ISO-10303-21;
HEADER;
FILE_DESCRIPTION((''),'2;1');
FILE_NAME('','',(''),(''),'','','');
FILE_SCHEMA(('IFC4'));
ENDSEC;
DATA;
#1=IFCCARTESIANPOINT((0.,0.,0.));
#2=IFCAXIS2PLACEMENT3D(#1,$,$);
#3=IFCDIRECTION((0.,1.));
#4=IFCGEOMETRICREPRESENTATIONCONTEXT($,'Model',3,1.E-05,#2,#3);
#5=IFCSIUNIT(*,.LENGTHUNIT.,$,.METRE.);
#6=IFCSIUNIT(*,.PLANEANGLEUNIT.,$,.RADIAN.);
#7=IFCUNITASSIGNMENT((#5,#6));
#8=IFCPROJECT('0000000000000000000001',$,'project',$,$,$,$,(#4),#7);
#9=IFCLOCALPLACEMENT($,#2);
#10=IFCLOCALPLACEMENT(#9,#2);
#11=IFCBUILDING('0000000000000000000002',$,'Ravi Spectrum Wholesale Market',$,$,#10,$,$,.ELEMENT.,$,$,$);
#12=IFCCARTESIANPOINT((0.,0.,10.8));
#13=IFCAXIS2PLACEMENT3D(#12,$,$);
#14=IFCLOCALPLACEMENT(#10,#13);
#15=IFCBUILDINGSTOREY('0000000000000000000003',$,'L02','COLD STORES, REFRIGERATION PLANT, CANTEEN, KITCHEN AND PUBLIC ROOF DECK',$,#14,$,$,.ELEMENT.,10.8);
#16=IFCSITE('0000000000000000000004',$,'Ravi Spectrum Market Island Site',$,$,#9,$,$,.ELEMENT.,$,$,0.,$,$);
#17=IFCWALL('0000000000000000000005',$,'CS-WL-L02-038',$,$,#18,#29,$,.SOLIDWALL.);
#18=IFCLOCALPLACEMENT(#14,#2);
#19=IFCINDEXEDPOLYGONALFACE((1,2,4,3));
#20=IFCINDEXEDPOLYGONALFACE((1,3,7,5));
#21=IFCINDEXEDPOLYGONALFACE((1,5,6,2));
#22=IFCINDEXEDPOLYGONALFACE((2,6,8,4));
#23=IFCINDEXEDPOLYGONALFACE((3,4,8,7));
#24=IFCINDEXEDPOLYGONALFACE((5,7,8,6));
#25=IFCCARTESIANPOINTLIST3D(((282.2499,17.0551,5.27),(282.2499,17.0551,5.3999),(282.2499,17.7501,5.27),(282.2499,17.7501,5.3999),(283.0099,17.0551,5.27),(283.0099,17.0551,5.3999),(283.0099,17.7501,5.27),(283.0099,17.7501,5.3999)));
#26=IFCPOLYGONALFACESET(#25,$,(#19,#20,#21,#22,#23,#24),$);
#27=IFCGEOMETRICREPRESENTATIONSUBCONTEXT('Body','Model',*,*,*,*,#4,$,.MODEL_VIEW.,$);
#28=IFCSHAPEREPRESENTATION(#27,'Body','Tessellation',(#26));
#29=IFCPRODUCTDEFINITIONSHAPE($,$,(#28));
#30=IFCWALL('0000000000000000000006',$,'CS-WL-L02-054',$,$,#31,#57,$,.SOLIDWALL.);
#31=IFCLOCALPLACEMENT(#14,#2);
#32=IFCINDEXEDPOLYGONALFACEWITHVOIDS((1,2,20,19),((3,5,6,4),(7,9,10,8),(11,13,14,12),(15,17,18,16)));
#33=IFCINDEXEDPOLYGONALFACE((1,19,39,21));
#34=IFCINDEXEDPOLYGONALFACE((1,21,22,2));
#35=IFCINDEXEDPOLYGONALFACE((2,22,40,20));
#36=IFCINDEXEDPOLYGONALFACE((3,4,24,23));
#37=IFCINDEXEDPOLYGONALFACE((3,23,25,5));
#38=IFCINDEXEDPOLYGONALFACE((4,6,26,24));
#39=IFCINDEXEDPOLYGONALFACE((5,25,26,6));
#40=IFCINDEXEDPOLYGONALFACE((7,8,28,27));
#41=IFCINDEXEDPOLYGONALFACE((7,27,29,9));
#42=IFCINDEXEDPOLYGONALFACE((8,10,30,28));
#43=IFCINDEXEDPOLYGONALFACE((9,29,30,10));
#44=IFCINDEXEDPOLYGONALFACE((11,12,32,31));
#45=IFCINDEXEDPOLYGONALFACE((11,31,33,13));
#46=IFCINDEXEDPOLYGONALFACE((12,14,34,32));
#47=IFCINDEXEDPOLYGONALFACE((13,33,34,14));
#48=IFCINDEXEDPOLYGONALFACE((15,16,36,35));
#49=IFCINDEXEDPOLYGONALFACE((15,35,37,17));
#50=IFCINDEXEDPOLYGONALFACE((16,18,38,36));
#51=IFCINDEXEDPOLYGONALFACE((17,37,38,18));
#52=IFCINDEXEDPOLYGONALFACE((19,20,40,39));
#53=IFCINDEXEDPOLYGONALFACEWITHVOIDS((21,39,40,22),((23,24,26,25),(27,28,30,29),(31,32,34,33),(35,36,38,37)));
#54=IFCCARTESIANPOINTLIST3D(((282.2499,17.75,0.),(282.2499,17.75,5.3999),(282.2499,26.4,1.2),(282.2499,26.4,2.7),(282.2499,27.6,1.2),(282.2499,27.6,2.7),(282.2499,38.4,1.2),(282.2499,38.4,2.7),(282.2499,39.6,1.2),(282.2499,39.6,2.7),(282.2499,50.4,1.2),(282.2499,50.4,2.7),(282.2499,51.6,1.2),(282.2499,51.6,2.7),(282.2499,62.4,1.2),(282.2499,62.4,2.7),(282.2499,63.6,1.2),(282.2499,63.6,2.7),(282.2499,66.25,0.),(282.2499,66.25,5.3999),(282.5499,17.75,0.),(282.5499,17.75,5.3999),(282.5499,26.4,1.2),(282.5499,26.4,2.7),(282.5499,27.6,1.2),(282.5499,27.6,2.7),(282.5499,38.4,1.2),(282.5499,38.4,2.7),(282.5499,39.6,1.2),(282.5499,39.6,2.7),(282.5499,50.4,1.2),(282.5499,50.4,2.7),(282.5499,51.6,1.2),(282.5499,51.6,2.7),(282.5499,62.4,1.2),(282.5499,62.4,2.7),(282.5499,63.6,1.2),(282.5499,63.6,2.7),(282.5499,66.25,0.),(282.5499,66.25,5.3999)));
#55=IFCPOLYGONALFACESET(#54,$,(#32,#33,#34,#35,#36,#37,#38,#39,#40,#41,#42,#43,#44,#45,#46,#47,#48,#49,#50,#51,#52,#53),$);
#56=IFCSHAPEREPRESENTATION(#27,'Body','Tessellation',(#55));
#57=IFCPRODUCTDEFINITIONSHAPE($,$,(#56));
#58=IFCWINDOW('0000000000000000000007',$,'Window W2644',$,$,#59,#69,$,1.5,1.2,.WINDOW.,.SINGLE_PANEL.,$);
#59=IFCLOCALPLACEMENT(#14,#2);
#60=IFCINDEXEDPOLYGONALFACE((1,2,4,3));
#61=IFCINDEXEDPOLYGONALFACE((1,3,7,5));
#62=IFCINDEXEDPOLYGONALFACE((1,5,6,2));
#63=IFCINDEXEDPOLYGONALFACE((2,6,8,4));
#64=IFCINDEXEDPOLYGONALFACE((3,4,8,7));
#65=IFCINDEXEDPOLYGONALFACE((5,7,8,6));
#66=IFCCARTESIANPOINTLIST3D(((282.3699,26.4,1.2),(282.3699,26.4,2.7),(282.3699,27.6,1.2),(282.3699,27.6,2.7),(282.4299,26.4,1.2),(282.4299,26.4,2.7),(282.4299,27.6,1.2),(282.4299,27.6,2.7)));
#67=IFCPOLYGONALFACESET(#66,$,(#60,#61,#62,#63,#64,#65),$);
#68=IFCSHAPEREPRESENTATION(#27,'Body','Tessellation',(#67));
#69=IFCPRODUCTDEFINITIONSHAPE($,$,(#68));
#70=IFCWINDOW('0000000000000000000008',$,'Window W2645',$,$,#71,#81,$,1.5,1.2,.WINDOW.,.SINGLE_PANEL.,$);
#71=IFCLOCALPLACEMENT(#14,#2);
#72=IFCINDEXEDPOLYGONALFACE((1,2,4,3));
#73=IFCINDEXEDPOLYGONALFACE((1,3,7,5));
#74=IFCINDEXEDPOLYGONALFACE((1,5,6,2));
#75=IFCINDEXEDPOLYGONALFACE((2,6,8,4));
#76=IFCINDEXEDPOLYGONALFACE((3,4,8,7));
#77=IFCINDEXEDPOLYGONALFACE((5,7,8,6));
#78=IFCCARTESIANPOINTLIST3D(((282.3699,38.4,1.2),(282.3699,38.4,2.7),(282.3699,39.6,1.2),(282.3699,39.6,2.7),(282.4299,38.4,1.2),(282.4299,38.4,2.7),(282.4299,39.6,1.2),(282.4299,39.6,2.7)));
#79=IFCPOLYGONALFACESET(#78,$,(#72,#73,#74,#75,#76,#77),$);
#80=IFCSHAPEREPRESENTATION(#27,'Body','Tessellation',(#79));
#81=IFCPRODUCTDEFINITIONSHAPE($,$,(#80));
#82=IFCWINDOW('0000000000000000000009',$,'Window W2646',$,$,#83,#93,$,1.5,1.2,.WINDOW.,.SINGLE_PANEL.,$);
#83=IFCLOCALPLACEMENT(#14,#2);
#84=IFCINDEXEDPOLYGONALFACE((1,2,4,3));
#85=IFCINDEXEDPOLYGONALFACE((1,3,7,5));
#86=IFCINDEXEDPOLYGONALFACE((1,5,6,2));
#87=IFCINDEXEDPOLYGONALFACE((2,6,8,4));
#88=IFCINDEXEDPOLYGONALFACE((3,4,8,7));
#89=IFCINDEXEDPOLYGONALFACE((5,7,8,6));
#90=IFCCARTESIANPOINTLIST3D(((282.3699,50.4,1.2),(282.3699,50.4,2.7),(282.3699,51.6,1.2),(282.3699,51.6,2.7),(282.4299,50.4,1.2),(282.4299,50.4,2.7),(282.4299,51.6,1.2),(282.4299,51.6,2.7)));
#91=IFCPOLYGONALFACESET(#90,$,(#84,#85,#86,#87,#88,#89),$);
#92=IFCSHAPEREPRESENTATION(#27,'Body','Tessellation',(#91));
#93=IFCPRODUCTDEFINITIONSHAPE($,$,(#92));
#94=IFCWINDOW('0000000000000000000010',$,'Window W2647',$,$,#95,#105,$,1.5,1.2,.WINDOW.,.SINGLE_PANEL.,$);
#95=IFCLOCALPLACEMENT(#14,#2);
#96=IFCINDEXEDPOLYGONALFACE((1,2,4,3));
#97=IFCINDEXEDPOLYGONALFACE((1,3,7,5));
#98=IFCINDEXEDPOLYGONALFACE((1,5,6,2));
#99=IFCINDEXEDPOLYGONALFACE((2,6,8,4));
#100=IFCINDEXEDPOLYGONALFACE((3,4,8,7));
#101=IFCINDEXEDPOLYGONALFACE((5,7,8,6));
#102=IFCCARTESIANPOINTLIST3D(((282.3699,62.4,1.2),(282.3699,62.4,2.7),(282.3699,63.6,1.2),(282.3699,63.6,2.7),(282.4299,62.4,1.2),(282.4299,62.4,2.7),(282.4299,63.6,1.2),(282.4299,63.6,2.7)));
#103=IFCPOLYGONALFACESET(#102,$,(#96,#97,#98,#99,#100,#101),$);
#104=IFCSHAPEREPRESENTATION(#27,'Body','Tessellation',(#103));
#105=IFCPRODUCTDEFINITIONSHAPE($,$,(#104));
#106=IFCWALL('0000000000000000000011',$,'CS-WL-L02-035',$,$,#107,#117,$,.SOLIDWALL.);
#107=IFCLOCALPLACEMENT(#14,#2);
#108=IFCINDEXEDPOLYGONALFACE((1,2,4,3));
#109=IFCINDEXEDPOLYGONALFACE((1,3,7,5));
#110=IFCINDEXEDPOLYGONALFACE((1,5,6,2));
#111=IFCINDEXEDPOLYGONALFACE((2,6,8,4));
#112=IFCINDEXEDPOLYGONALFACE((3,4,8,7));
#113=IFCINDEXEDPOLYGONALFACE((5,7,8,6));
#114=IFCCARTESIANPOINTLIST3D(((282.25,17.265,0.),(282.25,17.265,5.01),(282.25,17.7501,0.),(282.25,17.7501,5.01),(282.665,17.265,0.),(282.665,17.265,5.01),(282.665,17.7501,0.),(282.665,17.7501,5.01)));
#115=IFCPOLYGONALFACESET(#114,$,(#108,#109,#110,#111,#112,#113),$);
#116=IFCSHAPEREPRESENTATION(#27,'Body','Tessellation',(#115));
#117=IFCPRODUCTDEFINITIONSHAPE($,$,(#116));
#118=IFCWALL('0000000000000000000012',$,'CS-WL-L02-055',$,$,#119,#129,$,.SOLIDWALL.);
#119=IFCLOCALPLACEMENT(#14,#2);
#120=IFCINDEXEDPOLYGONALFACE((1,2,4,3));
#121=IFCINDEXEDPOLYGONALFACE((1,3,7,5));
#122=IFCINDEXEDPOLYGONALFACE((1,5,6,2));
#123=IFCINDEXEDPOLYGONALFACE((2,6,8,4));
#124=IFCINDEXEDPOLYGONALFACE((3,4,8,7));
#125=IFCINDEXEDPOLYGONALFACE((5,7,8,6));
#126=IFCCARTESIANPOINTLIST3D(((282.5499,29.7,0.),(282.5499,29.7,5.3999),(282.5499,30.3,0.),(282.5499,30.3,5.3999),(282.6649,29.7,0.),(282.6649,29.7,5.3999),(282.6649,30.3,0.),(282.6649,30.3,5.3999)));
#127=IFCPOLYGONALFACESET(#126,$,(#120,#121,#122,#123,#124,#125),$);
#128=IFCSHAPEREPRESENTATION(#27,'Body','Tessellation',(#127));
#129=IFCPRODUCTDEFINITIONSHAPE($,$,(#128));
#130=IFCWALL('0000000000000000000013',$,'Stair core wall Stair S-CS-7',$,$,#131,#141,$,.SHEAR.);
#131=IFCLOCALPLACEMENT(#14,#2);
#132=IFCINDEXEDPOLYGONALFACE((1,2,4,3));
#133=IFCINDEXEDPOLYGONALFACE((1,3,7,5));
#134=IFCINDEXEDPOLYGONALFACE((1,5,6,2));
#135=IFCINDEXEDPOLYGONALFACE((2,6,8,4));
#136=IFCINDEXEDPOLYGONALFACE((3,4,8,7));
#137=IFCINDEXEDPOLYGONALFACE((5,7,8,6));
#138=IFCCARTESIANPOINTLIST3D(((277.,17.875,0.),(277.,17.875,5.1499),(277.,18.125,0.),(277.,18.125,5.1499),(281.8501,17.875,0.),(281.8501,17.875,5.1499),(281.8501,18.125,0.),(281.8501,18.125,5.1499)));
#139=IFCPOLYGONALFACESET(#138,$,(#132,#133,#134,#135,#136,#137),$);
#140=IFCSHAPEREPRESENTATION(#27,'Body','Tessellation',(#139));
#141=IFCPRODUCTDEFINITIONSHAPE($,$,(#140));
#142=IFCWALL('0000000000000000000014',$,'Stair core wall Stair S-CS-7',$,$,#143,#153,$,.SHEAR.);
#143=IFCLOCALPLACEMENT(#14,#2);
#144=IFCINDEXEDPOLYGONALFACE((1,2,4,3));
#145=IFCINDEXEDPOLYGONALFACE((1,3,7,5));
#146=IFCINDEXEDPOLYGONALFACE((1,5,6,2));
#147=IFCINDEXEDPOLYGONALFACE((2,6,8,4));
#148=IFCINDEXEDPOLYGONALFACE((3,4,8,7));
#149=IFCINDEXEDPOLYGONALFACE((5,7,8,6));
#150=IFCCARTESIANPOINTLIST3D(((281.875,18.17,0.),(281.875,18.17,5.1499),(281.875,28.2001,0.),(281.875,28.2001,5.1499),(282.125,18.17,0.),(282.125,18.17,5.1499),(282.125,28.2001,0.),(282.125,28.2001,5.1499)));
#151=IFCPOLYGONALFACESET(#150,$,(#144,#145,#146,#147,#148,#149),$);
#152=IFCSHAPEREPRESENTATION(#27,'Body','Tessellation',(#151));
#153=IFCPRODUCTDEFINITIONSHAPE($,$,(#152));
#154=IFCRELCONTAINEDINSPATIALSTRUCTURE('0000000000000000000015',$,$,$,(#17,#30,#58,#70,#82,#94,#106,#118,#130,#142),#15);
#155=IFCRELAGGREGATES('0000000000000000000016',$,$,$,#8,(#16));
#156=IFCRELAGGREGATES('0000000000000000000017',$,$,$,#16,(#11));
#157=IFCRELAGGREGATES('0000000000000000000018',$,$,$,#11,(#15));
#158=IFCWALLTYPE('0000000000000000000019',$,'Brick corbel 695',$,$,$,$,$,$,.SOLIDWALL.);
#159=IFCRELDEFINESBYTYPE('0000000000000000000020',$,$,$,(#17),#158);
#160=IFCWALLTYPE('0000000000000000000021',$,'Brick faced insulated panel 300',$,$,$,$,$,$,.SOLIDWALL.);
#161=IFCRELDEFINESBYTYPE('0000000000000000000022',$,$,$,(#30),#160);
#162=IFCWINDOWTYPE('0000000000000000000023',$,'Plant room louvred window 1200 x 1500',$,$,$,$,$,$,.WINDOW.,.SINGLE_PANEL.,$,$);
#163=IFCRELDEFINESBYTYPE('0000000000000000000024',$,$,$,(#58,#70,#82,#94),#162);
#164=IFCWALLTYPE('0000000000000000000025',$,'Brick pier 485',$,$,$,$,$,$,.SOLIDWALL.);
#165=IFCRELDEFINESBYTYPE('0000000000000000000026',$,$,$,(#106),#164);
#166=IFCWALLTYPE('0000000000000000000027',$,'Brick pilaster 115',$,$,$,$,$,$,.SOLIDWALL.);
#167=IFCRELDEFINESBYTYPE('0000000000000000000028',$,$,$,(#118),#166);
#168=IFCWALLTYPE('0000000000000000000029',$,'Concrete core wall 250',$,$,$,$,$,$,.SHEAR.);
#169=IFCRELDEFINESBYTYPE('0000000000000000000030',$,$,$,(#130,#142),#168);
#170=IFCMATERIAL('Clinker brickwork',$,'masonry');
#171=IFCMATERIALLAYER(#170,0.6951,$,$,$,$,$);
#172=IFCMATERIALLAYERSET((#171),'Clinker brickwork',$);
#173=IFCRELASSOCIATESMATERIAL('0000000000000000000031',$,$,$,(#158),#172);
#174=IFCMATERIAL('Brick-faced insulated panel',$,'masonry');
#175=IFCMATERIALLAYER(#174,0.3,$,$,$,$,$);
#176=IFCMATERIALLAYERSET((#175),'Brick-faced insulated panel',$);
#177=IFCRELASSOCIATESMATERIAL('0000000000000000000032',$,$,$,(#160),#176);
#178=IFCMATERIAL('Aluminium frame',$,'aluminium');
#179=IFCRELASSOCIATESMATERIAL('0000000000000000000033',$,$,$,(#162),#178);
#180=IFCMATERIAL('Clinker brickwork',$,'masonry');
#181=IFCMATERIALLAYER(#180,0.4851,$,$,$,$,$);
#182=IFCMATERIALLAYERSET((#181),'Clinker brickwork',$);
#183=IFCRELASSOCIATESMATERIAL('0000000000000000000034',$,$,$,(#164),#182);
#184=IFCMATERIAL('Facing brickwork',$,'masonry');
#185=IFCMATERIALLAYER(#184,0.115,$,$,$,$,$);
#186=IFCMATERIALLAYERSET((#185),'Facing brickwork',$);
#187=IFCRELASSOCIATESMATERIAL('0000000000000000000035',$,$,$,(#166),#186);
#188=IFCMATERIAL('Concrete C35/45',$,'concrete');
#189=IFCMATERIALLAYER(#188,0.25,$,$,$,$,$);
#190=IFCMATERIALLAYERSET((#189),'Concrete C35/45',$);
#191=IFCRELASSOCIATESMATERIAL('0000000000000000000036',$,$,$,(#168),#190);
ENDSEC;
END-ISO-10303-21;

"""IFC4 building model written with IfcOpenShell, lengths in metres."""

from ifc_helpers import new_model, si_unit, direction, frame, frame_2d, origin, place, context, subcontext, project, spatial, rectangle, extrude, material, layer, layer_set, type_object, element, fill, save


model = new_model("IFC4")

# Units and contexts
model_context = context("Model", 3, precision=1e-05, world=origin(), true_north=direction((0.0, 1.0)))
body_context = subcontext(model_context, "Body", "Model", "MODEL_VIEW")
ifc_project = project(units=[si_unit("LENGTHUNIT", "METRE"), si_unit("PLANEANGLEUNIT", "RADIAN")], contexts=[model_context])

# Site, building, storey
site_placement = place(None, origin())
site = spatial("IfcSite", under=ifc_project, at=site_placement, Name="Ravi Spectrum Market Island Site", CompositionType="ELEMENT", RefElevation=0.0)
building_placement = place(site_placement, origin())
building = spatial("IfcBuilding", under=site, at=building_placement, Name="Ravi Spectrum Wholesale Market", CompositionType="ELEMENT")
storey_placement = place(building_placement, frame((0.0, 0.0, 10.8)))
storey = spatial("IfcBuildingStorey", under=building, at=storey_placement, Name="L02", Description="COLD STORES, REFRIGERATION PLANT, CANTEEN, KITCHEN AND PUBLIC ROOF DECK", CompositionType="ELEMENT", Elevation=10.8)

# Wall
ifc_material_1 = material(Name="Clinker brickwork", Category="masonry")
ifc_layer_1 = layer(ifc_material_1, 0.6951)
ifc_layer_set_1 = layer_set([ifc_layer_1], Name="Clinker brickwork")
wall_type_1 = type_object("IfcWallType", Name="Brick corbel 695", PredefinedType="SOLIDWALL", material=ifc_layer_set_1)
wall_1_placement = place(storey_placement, frame((282.25, 17.4026, 5.27), z_axis=(0.0, 0.0, 1.0), x_axis=(1.0, 0.0, 0.0)))
element("IfcWall", 1, at=wall_1_placement, inside=storey, type_object=wall_type_1, Name="CS-WL-L02-038", PredefinedType="SOLIDWALL", context=body_context, shape_type="SweptSolid", body=[
    extrude(rectangle(XDim=0.76, YDim=0.6951, at=frame_2d((0.3799, 0.0))), origin(), (0.0, 0.0, 1.0), 0.1299),
])

# Wall, openings, windows
ifc_material_2 = material(Name="Brick-faced insulated panel", Category="masonry")
ifc_layer_2 = layer(ifc_material_2, 0.3)
ifc_layer_set_2 = layer_set([ifc_layer_2], Name="Brick-faced insulated panel")
wall_type_2 = type_object("IfcWallType", Name="Brick faced insulated panel 300", PredefinedType="SOLIDWALL", material=ifc_layer_set_2)
wall_2_placement = place(storey_placement, frame((282.3999, 17.75, 0.0), z_axis=(0.0, 0.0, 1.0), x_axis=(0.0, 1.0, 0.0)))
wall_2 = element("IfcWall", 2, at=wall_2_placement, inside=storey, type_object=wall_type_2, Name="CS-WL-L02-054", PredefinedType="SOLIDWALL", context=body_context, shape_type="SweptSolid", body=[
    extrude(rectangle(XDim=48.5, YDim=0.3, at=frame_2d((24.25, 0.0))), origin(), (0.0, 0.0, 1.0), 5.3999),
])
opening_1_placement = place(wall_2_placement, frame((8.6499, 0.0, 1.2)))
opening_1 = element("IfcOpeningElement", 3, at=opening_1_placement, cuts=wall_2, PredefinedType="OPENING", context=body_context, shape_type="SweptSolid", body=[
    extrude(rectangle(XDim=1.2, YDim=1.5, at=frame_2d((0.6001, 0.75))), frame((0.0, 0.1599, 0.0), z_axis=(0.0, -1.0, 0.0), x_axis=(1.0, 0.0, 0.0)), (0.0, 0.0, 1.0), 0.3201),
])
opening_2_placement = place(wall_2_placement, frame((20.6499, 0.0, 1.2)))
opening_2 = element("IfcOpeningElement", 4, at=opening_2_placement, cuts=wall_2, PredefinedType="OPENING", context=body_context, shape_type="SweptSolid", body=[
    extrude(rectangle(XDim=1.2, YDim=1.5, at=frame_2d((0.6001, 0.75))), frame((0.0, 0.1599, 0.0), z_axis=(0.0, -1.0, 0.0), x_axis=(1.0, 0.0, 0.0)), (0.0, 0.0, 1.0), 0.3201),
])
opening_3_placement = place(wall_2_placement, frame((32.6499, 0.0, 1.2)))
opening_3 = element("IfcOpeningElement", 5, at=opening_3_placement, cuts=wall_2, PredefinedType="OPENING", context=body_context, shape_type="SweptSolid", body=[
    extrude(rectangle(XDim=1.2, YDim=1.5, at=frame_2d((0.6001, 0.75))), frame((0.0, 0.1599, 0.0), z_axis=(0.0, -1.0, 0.0), x_axis=(1.0, 0.0, 0.0)), (0.0, 0.0, 1.0), 0.3201),
])
opening_4_placement = place(wall_2_placement, frame((44.6499, 0.0, 1.2)))
opening_4 = element("IfcOpeningElement", 6, at=opening_4_placement, cuts=wall_2, PredefinedType="OPENING", context=body_context, shape_type="SweptSolid", body=[
    extrude(rectangle(XDim=1.2, YDim=1.5, at=frame_2d((0.6001, 0.75))), frame((0.0, 0.1599, 0.0), z_axis=(0.0, -1.0, 0.0), x_axis=(1.0, 0.0, 0.0)), (0.0, 0.0, 1.0), 0.3201),
])
ifc_material_3 = material(Name="Aluminium frame", Category="aluminium")
window_type = type_object("IfcWindowType", Name="Plant room louvred window 1200 x 1500", PartitioningType="SINGLE_PANEL", PredefinedType="WINDOW", material=ifc_material_3)
window_1_placement = place(opening_1_placement, origin())
window_1 = element("IfcWindow", 7, at=window_1_placement, inside=storey, type_object=window_type, Name="Window W2644", OverallHeight=1.5, OverallWidth=1.2, PartitioningType="SINGLE_PANEL", PredefinedType="WINDOW", context=body_context, shape_type="SweptSolid", body=[
    extrude(rectangle(XDim=1.2, YDim=1.5, at=frame_2d((0.6001, 0.75))), frame((0.0, 0.03, 0.0), z_axis=(0.0, -1.0, 0.0), x_axis=(1.0, 0.0, 0.0)), (0.0, 0.0, 1.0), 0.0601),
])
fill(opening_1, window_1)
window_2_placement = place(opening_2_placement, origin())
window_2 = element("IfcWindow", 8, at=window_2_placement, inside=storey, type_object=window_type, Name="Window W2645", OverallHeight=1.5, OverallWidth=1.2, PartitioningType="SINGLE_PANEL", PredefinedType="WINDOW", context=body_context, shape_type="SweptSolid", body=[
    extrude(rectangle(XDim=1.2, YDim=1.5, at=frame_2d((0.6001, 0.75))), frame((0.0, 0.03, 0.0), z_axis=(0.0, -1.0, 0.0), x_axis=(1.0, 0.0, 0.0)), (0.0, 0.0, 1.0), 0.0601),
])
fill(opening_2, window_2)
window_3_placement = place(opening_3_placement, origin())
window_3 = element("IfcWindow", 9, at=window_3_placement, inside=storey, type_object=window_type, Name="Window W2646", OverallHeight=1.5, OverallWidth=1.2, PartitioningType="SINGLE_PANEL", PredefinedType="WINDOW", context=body_context, shape_type="SweptSolid", body=[
    extrude(rectangle(XDim=1.2, YDim=1.5, at=frame_2d((0.6001, 0.75))), frame((0.0, 0.03, 0.0), z_axis=(0.0, -1.0, 0.0), x_axis=(1.0, 0.0, 0.0)), (0.0, 0.0, 1.0), 0.0601),
])
fill(opening_3, window_3)
window_4_placement = place(opening_4_placement, origin())
window_4 = element("IfcWindow", 10, at=window_4_placement, inside=storey, type_object=window_type, Name="Window W2647", OverallHeight=1.5, OverallWidth=1.2, PartitioningType="SINGLE_PANEL", PredefinedType="WINDOW", context=body_context, shape_type="SweptSolid", body=[
    extrude(rectangle(XDim=1.2, YDim=1.5, at=frame_2d((0.6001, 0.75))), frame((0.0, 0.03, 0.0), z_axis=(0.0, -1.0, 0.0), x_axis=(1.0, 0.0, 0.0)), (0.0, 0.0, 1.0), 0.0601),
])
fill(opening_4, window_4)

# Walls
ifc_material_4 = material(Name="Clinker brickwork", Category="masonry")
ifc_layer_3 = layer(ifc_material_4, 0.4851)
ifc_layer_set_3 = layer_set([ifc_layer_3], Name="Clinker brickwork")
wall_type_3 = type_object("IfcWallType", Name="Brick pier 485", PredefinedType="SOLIDWALL", material=ifc_layer_set_3)
wall_3_placement = place(storey_placement, frame((282.25, 17.5076, 0.0), z_axis=(0.0, 0.0, 1.0), x_axis=(1.0, 0.0, 0.0)))
element("IfcWall", 11, at=wall_3_placement, inside=storey, type_object=wall_type_3, Name="CS-WL-L02-035", PredefinedType="SOLIDWALL", context=body_context, shape_type="SweptSolid", body=[
    extrude(rectangle(XDim=0.415, YDim=0.4851, at=frame_2d((0.2075, 0.0))), origin(), (0.0, 0.0, 1.0), 5.01),
])
ifc_material_5 = material(Name="Facing brickwork", Category="masonry")
ifc_layer_4 = layer(ifc_material_5, 0.115)
ifc_layer_set_4 = layer_set([ifc_layer_4], Name="Facing brickwork")
wall_type_4 = type_object("IfcWallType", Name="Brick pilaster 115", PredefinedType="SOLIDWALL", material=ifc_layer_set_4)
wall_4_placement = place(storey_placement, frame((282.6074, 29.7, 0.0), z_axis=(0.0, 0.0, 1.0), x_axis=(0.0, 1.0, 0.0)))
element("IfcWall", 12, at=wall_4_placement, inside=storey, type_object=wall_type_4, Name="CS-WL-L02-055", PredefinedType="SOLIDWALL", context=body_context, shape_type="SweptSolid", body=[
    extrude(rectangle(XDim=0.6001, YDim=0.115, at=frame_2d((0.3, 0.0))), origin(), (0.0, 0.0, 1.0), 5.3999),
])
ifc_material_6 = material(Name="Concrete C35/45", Category="concrete")
ifc_layer_5 = layer(ifc_material_6, 0.25)
ifc_layer_set_5 = layer_set([ifc_layer_5], Name="Concrete C35/45")
wall_type_5 = type_object("IfcWallType", Name="Concrete core wall 250", PredefinedType="SHEAR", material=ifc_layer_set_5)
wall_5_placement = place(storey_placement, frame((277.0, 18.0, 0.0), z_axis=(0.0, 0.0, 1.0), x_axis=(1.0, 0.0, 0.0)))
element("IfcWall", 13, at=wall_5_placement, inside=storey, type_object=wall_type_5, Name="Stair core wall Stair S-CS-7", PredefinedType="SHEAR", context=body_context, shape_type="SweptSolid", body=[
    extrude(rectangle(XDim=4.8501, YDim=0.25, at=frame_2d((2.425, 0.0))), origin(), (0.0, 0.0, 1.0), 5.1499),
])
wall_6_placement = place(storey_placement, frame((282.0, 18.1699, 0.0), z_axis=(0.0, 0.0, 1.0), x_axis=(0.0, 1.0, 0.0)))
element("IfcWall", 14, at=wall_6_placement, inside=storey, type_object=wall_type_5, Name="Stair core wall Stair S-CS-7", PredefinedType="SHEAR", context=body_context, shape_type="SweptSolid", body=[
    extrude(rectangle(XDim=10.03, YDim=0.25, at=frame_2d((5.0151, 0.0))), origin(), (0.0, 0.0, 1.0), 5.1499),
])

save(model, "model.ifc")
